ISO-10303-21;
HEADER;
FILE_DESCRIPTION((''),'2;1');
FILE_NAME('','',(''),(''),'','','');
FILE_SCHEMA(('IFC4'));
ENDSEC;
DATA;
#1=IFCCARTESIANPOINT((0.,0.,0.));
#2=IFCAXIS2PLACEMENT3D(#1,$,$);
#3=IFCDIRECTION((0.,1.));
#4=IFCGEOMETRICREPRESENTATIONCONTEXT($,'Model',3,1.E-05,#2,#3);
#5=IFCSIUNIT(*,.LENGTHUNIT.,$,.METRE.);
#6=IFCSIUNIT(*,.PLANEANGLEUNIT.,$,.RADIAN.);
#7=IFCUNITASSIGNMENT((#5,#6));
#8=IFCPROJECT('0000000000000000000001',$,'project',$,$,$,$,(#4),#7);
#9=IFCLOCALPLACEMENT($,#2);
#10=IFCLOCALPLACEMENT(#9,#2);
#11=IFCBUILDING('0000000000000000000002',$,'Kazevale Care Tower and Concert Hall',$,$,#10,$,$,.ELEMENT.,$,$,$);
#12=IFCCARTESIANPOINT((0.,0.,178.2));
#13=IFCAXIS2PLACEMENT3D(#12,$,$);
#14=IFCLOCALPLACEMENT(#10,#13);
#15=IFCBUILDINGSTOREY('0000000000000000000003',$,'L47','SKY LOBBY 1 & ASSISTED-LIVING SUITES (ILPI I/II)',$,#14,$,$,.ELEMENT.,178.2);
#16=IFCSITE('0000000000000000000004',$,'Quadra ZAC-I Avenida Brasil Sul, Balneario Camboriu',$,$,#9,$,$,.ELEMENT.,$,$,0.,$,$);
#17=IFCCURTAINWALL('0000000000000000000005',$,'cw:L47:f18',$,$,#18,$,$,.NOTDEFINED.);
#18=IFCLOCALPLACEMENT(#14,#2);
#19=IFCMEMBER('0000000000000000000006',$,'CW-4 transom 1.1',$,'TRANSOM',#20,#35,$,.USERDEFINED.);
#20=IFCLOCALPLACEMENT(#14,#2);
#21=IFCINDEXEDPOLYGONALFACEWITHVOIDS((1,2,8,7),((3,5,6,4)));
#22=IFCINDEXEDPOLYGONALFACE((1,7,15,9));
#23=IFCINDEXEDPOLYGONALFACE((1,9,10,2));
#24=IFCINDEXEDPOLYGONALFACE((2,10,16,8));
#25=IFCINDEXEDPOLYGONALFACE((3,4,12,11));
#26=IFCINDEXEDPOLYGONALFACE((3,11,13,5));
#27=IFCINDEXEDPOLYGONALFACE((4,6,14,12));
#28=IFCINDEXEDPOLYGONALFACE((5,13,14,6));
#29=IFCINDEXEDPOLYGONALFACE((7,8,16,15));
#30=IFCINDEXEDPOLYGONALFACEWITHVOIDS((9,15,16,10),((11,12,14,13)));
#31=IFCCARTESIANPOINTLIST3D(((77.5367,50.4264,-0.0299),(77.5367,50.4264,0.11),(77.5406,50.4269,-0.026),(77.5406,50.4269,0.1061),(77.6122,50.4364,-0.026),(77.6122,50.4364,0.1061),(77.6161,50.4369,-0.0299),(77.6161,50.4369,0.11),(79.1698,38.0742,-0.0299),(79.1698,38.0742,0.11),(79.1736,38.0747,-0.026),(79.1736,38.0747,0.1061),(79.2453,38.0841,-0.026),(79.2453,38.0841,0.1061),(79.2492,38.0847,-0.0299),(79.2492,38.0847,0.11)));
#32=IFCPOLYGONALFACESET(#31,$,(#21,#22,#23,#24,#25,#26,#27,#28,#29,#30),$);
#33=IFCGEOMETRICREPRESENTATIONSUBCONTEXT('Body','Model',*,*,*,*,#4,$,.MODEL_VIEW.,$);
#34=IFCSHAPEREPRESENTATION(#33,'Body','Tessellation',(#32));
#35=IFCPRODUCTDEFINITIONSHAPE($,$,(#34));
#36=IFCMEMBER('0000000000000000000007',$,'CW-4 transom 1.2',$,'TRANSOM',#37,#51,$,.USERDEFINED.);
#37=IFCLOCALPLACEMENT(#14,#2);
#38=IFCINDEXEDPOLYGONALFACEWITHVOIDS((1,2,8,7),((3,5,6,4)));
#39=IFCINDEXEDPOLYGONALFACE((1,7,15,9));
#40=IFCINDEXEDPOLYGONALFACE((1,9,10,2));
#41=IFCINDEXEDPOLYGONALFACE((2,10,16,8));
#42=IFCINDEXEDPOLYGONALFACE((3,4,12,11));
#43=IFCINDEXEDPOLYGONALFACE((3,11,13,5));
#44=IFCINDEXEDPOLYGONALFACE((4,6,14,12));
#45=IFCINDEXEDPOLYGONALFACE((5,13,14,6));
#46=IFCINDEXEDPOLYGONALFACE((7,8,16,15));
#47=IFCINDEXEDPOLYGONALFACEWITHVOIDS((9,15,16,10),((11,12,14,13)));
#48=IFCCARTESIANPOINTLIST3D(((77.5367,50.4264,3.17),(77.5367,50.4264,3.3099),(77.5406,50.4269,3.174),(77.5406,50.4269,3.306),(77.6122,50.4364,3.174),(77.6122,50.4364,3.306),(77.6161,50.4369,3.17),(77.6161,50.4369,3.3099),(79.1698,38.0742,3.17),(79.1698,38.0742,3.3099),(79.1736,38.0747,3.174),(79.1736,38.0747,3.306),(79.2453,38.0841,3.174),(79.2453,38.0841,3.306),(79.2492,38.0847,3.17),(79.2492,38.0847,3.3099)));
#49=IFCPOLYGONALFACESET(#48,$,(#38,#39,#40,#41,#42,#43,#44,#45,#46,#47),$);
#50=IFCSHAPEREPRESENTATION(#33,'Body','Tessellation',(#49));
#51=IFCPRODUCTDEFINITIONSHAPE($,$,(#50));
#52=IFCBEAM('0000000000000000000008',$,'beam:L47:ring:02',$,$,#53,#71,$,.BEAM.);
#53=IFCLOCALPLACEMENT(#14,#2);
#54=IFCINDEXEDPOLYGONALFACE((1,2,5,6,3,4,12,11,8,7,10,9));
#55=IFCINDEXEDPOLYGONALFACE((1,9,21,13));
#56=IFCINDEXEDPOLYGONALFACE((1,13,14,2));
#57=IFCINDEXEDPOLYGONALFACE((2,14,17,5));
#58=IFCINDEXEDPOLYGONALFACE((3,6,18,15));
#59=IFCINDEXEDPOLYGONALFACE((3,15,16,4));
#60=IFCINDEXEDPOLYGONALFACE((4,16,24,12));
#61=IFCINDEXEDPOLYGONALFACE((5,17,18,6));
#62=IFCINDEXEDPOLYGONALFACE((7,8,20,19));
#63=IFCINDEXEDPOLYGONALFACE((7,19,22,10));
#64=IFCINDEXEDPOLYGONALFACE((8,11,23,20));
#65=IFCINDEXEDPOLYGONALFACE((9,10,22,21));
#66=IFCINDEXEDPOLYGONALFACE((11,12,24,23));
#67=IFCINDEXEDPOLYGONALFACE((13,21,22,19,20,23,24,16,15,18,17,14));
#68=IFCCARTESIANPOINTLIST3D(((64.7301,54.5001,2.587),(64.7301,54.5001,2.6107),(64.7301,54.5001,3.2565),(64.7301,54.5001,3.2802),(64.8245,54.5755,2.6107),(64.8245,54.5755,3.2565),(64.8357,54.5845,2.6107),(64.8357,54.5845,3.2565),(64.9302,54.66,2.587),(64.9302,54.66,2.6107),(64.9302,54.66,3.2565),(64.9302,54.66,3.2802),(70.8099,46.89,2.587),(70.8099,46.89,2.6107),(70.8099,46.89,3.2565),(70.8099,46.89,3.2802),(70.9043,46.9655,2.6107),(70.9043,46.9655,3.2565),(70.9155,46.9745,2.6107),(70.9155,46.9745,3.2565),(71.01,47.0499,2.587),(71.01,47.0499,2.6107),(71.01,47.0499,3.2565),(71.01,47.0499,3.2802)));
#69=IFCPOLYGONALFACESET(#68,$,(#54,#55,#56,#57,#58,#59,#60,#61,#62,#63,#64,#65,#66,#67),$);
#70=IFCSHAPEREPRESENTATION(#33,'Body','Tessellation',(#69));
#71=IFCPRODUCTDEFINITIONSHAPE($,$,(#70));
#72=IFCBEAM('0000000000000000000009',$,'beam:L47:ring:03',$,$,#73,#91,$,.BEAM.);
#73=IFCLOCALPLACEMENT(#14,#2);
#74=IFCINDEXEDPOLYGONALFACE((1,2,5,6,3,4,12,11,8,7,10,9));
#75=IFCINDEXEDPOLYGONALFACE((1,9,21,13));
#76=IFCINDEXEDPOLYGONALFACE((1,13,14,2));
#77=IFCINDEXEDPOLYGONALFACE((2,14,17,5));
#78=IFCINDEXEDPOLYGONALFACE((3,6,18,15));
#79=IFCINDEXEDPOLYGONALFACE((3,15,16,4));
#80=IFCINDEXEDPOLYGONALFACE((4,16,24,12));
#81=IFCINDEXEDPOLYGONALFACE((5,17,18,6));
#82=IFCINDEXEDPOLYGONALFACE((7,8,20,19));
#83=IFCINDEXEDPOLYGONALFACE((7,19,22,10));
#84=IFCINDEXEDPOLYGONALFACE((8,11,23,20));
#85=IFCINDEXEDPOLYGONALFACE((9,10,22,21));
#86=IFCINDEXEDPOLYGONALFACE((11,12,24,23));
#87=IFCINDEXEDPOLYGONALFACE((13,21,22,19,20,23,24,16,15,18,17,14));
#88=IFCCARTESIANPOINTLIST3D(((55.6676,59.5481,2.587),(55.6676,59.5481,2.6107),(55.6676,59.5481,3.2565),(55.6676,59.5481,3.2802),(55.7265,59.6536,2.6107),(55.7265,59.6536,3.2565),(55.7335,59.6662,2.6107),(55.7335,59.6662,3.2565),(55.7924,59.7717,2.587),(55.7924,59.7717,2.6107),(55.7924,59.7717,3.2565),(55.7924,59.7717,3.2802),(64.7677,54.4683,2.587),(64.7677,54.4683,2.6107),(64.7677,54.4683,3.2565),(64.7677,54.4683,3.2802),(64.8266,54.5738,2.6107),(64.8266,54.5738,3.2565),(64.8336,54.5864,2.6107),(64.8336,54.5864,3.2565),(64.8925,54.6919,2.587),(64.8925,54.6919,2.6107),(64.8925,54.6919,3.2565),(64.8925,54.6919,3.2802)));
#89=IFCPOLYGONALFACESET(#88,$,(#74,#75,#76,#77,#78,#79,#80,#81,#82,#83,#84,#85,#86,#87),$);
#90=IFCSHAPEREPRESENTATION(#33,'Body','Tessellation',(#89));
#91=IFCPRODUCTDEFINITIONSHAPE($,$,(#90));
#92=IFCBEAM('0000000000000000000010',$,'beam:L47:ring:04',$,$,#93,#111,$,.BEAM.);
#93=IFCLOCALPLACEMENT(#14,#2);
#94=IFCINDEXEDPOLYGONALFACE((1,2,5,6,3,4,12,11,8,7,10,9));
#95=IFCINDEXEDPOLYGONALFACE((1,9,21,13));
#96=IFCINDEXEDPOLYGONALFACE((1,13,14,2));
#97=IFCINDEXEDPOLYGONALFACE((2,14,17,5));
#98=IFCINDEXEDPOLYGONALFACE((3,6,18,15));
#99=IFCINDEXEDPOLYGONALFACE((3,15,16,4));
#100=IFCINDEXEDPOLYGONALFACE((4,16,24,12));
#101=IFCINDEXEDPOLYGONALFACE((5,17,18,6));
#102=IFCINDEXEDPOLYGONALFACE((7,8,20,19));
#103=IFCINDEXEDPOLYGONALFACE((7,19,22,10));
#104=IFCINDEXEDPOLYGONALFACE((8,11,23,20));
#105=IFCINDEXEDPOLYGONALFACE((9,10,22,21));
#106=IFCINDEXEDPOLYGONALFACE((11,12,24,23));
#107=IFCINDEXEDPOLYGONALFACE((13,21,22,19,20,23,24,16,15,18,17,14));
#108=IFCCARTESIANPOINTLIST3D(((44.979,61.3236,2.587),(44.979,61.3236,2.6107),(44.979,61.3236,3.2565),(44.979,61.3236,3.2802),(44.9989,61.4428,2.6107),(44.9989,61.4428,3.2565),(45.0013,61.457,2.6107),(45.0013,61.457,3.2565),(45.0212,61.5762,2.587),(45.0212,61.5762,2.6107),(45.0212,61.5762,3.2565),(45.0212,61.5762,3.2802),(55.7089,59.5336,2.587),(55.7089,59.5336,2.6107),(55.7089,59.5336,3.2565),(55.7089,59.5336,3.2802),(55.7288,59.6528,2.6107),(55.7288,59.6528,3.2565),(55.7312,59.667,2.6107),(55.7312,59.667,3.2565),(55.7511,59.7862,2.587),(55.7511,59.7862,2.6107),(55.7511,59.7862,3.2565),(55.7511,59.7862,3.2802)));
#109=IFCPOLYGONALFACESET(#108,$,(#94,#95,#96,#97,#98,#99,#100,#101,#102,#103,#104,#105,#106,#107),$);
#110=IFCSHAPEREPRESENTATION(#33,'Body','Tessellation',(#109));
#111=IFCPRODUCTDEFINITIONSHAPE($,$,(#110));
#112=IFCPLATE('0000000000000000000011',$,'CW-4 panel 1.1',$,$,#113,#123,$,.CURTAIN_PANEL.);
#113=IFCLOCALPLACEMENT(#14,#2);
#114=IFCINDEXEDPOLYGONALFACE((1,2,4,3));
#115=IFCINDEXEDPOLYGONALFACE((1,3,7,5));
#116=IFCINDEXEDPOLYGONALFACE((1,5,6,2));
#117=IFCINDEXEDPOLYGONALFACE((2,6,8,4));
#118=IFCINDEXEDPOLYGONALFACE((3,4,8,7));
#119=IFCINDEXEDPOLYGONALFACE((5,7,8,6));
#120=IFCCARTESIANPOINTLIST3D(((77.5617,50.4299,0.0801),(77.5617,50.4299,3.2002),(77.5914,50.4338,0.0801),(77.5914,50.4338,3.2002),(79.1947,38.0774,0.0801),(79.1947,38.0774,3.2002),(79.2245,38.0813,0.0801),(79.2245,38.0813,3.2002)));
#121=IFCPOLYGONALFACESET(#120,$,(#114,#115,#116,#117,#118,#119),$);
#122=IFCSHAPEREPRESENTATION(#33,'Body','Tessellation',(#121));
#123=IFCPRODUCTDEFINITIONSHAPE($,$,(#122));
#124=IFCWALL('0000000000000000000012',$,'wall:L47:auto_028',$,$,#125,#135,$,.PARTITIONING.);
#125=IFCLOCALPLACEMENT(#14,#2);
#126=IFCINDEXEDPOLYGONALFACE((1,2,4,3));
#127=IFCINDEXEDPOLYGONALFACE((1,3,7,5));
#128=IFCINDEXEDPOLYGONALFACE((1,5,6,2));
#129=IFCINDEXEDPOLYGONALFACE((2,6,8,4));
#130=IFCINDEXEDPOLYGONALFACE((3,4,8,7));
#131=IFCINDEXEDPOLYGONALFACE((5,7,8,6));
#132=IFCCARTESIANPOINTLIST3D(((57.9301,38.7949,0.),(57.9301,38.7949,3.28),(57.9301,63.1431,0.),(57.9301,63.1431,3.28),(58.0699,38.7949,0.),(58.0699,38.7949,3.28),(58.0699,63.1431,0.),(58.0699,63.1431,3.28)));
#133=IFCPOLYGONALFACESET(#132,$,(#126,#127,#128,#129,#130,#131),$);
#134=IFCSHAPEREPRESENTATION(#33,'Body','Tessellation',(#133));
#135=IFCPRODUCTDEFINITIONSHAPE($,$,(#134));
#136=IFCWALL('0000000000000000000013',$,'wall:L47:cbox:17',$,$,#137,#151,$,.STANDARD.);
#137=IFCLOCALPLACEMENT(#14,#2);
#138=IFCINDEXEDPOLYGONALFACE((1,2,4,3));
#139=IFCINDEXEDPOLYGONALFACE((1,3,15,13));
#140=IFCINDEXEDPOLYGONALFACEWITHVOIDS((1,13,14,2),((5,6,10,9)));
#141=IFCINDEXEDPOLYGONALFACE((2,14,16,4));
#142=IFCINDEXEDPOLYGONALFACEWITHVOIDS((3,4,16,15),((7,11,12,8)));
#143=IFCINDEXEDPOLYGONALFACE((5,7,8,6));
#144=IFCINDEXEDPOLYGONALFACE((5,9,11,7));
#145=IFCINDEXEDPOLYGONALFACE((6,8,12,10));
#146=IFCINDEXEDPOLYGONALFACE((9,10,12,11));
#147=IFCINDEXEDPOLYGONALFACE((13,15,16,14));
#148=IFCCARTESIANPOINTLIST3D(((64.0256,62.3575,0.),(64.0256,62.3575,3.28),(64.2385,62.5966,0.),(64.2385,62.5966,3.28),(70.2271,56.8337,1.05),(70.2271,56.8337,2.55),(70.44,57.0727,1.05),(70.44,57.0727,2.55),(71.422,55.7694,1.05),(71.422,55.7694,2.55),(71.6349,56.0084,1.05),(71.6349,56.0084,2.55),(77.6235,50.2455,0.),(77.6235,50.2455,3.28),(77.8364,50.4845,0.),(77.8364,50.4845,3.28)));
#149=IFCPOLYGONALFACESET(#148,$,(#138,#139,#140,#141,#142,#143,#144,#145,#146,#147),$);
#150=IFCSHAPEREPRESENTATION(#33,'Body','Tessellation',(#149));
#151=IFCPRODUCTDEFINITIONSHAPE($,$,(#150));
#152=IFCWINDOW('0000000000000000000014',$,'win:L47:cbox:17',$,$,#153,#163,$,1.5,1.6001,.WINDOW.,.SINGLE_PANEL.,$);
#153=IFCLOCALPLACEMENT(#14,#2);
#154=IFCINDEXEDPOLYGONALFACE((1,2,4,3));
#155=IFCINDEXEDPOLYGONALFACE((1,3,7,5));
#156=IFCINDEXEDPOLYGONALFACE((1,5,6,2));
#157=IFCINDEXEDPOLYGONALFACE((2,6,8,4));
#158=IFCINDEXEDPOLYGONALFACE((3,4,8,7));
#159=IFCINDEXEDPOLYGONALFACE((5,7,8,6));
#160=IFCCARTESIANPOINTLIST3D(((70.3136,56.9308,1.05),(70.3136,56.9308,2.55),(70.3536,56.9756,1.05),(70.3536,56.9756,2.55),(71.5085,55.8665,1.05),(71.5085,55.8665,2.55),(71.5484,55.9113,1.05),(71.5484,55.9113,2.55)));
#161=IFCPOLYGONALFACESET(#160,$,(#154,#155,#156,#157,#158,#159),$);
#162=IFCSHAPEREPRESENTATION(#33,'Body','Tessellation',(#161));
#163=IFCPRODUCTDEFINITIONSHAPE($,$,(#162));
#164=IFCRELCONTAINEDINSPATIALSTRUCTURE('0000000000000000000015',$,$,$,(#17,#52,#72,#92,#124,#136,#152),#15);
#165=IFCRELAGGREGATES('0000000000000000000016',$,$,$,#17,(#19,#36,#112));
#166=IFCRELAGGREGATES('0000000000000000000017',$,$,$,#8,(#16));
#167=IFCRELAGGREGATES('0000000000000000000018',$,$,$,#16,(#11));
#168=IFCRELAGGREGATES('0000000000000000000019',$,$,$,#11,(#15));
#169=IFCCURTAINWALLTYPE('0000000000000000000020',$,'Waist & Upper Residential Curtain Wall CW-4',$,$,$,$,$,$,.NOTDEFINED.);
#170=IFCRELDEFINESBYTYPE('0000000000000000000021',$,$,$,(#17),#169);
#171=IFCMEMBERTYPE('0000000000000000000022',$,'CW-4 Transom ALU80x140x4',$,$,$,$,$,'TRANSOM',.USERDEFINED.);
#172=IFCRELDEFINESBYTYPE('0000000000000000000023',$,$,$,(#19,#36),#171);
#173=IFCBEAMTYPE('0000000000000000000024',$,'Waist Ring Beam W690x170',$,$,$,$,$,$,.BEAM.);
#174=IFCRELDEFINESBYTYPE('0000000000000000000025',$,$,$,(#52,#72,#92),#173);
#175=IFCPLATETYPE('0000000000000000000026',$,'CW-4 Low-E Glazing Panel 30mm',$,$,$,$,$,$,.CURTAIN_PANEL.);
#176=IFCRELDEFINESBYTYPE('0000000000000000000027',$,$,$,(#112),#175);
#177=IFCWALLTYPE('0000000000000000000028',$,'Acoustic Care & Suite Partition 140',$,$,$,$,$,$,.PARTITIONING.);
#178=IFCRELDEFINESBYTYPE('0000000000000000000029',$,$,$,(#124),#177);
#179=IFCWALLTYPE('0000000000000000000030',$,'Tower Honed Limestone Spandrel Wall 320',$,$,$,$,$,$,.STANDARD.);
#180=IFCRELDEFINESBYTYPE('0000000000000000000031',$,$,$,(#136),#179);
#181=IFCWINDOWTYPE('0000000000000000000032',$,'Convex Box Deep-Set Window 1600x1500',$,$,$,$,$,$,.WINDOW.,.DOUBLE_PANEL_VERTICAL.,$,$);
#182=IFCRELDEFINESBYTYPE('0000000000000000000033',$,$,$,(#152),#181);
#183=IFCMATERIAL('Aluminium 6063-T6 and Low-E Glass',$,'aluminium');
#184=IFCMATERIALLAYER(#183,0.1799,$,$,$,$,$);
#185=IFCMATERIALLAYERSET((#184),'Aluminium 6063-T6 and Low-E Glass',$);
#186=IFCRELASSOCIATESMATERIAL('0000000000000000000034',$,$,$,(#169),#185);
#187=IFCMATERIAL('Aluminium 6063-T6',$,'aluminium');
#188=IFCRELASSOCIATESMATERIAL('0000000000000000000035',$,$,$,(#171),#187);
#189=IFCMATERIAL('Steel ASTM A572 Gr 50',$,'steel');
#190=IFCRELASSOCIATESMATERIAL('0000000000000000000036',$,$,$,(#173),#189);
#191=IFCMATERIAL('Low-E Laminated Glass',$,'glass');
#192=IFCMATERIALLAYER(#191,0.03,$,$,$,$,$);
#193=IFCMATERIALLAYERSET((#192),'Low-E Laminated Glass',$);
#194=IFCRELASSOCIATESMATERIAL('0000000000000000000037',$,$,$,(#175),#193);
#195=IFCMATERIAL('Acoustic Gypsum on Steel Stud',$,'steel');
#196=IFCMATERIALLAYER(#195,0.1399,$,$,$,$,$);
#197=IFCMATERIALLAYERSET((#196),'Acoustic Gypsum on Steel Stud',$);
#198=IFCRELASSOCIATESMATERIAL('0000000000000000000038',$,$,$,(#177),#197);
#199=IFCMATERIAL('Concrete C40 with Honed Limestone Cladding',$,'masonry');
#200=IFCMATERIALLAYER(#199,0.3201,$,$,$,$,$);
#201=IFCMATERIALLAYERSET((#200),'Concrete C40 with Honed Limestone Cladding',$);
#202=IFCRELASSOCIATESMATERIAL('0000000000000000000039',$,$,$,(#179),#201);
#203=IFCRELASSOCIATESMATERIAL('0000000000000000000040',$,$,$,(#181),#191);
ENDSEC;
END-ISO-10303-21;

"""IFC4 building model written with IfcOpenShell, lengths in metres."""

from ifc_helpers import new_model, si_unit, direction, frame, frame_2d, origin, origin_2d, place, context, subcontext, project, spatial, rectangle, hollow_rectangle, i_section, extrude, material, layer, layer_set, material_profile, profile_set, type_object, element, fill, aggregate, save


model = new_model("IFC4")

# Units and contexts
model_context = context("Model", 3, precision=1e-05, world=origin(), true_north=direction((0.0, 1.0)))
body_context = subcontext(model_context, "Body", "Model", "MODEL_VIEW")
ifc_project = project(units=[si_unit("LENGTHUNIT", "METRE"), si_unit("PLANEANGLEUNIT", "RADIAN")], contexts=[model_context])

# Site, building, storey
site_placement = place(None, origin())
site = spatial("IfcSite", under=ifc_project, at=site_placement, Name="Quadra ZAC-I Avenida Brasil Sul, Balneario Camboriu", CompositionType="ELEMENT", RefElevation=0.0)
building_placement = place(site_placement, origin())
building = spatial("IfcBuilding", under=site, at=building_placement, Name="Kazevale Care Tower and Concert Hall", CompositionType="ELEMENT")
storey_placement = place(building_placement, frame((0.0, 0.0, 178.2)))
storey = spatial("IfcBuildingStorey", under=building, at=storey_placement, Name="L47", Description="SKY LOBBY 1 & ASSISTED-LIVING SUITES (ILPI I/II)", CompositionType="ELEMENT", Elevation=178.2)

# Shared definitions
ifc_material_1 = material(Name="Aluminium 6063-T6 and Low-E Glass", Category="aluminium")
ifc_material_2 = material(Name="Aluminium 6063-T6", Category="aluminium")

# Curtain wall, members
ifc_layer_1 = layer(ifc_material_1, 0.1799)
ifc_layer_set_1 = layer_set([ifc_layer_1], Name="Aluminium 6063-T6 and Low-E Glass")
curtain_wall_type_1 = type_object("IfcCurtainWallType", Name="Waist & Upper Residential Curtain Wall CW-4", PredefinedType="NOTDEFINED", material=ifc_layer_set_1)
curtain_wall_1_placement = place(storey_placement, origin())
curtain_wall_1 = element("IfcCurtainWall", 1, at=curtain_wall_1_placement, inside=storey, type_object=curtain_wall_type_1, Name="cw:L47:f18", PredefinedType="NOTDEFINED")
ifc_material_profile_1 = material_profile(ifc_material_2, hollow_rectangle(XDim=0.0801, YDim=0.1399, WallThickness=0.0039, at=origin_2d()), Name="ALU80x140x4")
ifc_profile_set_1 = profile_set([ifc_material_profile_1], Name="Aluminium 6063-T6")
member_type_1 = type_object("IfcMemberType", Name="CW-4 Transom ALU80x140x4", ElementType="TRANSOM", PredefinedType="USERDEFINED", material=ifc_profile_set_1)
member_1_placement = place(storey_placement, frame((77.5764, 50.4316, 0.04), z_axis=(0.131066, -0.991374, 0.0), x_axis=(0.991374, 0.131066, 0.0)))
member_1 = element("IfcMember", 2, at=member_1_placement, type_object=member_type_1, Name="CW-4 transom 1.1", ObjectType="TRANSOM", PredefinedType="USERDEFINED", context=body_context, shape_type="SweptSolid", body=[
    extrude(hollow_rectangle(XDim=0.0801, YDim=0.1399, WallThickness=0.0039, at=origin_2d()), origin(), (0.0, 0.0, 1.0), 12.4597),
])
member_2_placement = place(storey_placement, frame((77.5764, 50.4316, 3.24), z_axis=(0.131066, -0.991374, 0.0), x_axis=(0.991374, 0.131066, 0.0)))
member_2 = element("IfcMember", 3, at=member_2_placement, type_object=member_type_1, Name="CW-4 transom 1.2", ObjectType="TRANSOM", PredefinedType="USERDEFINED", context=body_context, shape_type="SweptSolid", body=[
    extrude(hollow_rectangle(XDim=0.0801, YDim=0.1399, WallThickness=0.0039, at=origin_2d()), origin(), (0.0, 0.0, 1.0), 12.4597),
])

# Beams
ifc_material_3 = material(Name="Steel ASTM A572 Gr 50", Category="steel")
ifc_material_profile_2 = material_profile(ifc_material_3, i_section(OverallWidth=0.2561, OverallDepth=0.6931, WebThickness=0.0144, FlangeThickness=0.0237, at=origin_2d()), Name="W690x170")
ifc_profile_set_2 = profile_set([ifc_material_profile_2], Name="Steel ASTM A572 Gr 50")
beam_type = type_object("IfcBeamType", Name="Waist Ring Beam W690x170", PredefinedType="BEAM", material=ifc_profile_set_2)
beam_1_placement = place(storey_placement, frame((70.9099, 46.97, 2.9336), z_axis=(-0.624178, 0.781282, 0.0), x_axis=(-0.781282, -0.624178, 0.0)))
element("IfcBeam", 4, at=beam_1_placement, inside=storey, type_object=beam_type, Name="beam:L47:ring:02", PredefinedType="BEAM", context=body_context, shape_type="SweptSolid", body=[
    extrude(i_section(OverallWidth=0.2561, OverallDepth=0.6931, WebThickness=0.0144, FlangeThickness=0.0237, at=origin_2d()), origin(), (0.0, 0.0, 1.0), 9.7405),
])
beam_2_placement = place(storey_placement, frame((64.8301, 54.5801, 2.9336), z_axis=(-0.873169, 0.487418, 0.0), x_axis=(-0.487418, -0.873169, 0.0)))
element("IfcBeam", 5, at=beam_2_placement, inside=storey, type_object=beam_type, Name="beam:L47:ring:03", PredefinedType="BEAM", context=body_context, shape_type="SweptSolid", body=[
    extrude(i_section(OverallWidth=0.2561, OverallDepth=0.6931, WebThickness=0.0144, FlangeThickness=0.0237, at=origin_2d()), origin(), (0.0, 0.0, 1.0), 10.4219),
])
beam_3_placement = place(storey_placement, frame((55.73, 59.6599, 2.9336), z_axis=(-0.986368, 0.164552, 0.0), x_axis=(-0.164552, -0.986368, 0.0)))
element("IfcBeam", 6, at=beam_3_placement, inside=storey, type_object=beam_type, Name="beam:L47:ring:04", PredefinedType="BEAM", context=body_context, shape_type="SweptSolid", body=[
    extrude(i_section(OverallWidth=0.2561, OverallDepth=0.6931, WebThickness=0.0144, FlangeThickness=0.0237, at=origin_2d()), origin(), (0.0, 0.0, 1.0), 10.8782),
])

# Plate
ifc_material_4 = material(Name="Low-E Laminated Glass", Category="glass")
ifc_layer_2 = layer(ifc_material_4, 0.03)
ifc_layer_set_2 = layer_set([ifc_layer_2], Name="Low-E Laminated Glass")
plate_type = type_object("IfcPlateType", Name="CW-4 Low-E Glazing Panel 30mm", PredefinedType="CURTAIN_PANEL", material=ifc_layer_set_2)
plate_placement = place(storey_placement, frame((78.3931, 44.2556, 0.0801), z_axis=(0.0, 0.0, 1.0), x_axis=(0.131063, -0.991374, 0.0)))
plate = element("IfcPlate", 7, at=plate_placement, type_object=plate_type, Name="CW-4 panel 1.1", PredefinedType="CURTAIN_PANEL", context=body_context, shape_type="SweptSolid", body=[
    extrude(rectangle(XDim=12.46, YDim=0.03, at=origin_2d()), origin(), (0.0, 0.0, 1.0), 3.1201),
])
aggregate(curtain_wall_1, [member_1, member_2, plate])

# Wall
ifc_material_5 = material(Name="Acoustic Gypsum on Steel Stud", Category="steel")
ifc_layer_3 = layer(ifc_material_5, 0.1399)
ifc_layer_set_3 = layer_set([ifc_layer_3], Name="Acoustic Gypsum on Steel Stud")
wall_type_1 = type_object("IfcWallType", Name="Acoustic Care & Suite Partition 140", PredefinedType="PARTITIONING", material=ifc_layer_set_3)
wall_1_placement = place(storey_placement, frame((58.0, 63.1431, 0.0), z_axis=(0.0, 0.0, 1.0), x_axis=(0.0, -1.0, 0.0)))
element("IfcWall", 8, at=wall_1_placement, inside=storey, type_object=wall_type_1, Name="wall:L47:auto_028", PredefinedType="PARTITIONING", context=body_context, shape_type="SweptSolid", body=[
    extrude(rectangle(XDim=24.3481, YDim=0.1399, at=frame_2d((12.1741, 0.0))), origin(), (0.0, 0.0, 1.0), 3.28),
])

# Wall, opening, window
ifc_material_6 = material(Name="Concrete C40 with Honed Limestone Cladding", Category="masonry")
ifc_layer_4 = layer(ifc_material_6, 0.3201)
ifc_layer_set_4 = layer_set([ifc_layer_4], Name="Concrete C40 with Honed Limestone Cladding")
wall_type_2 = type_object("IfcWallType", Name="Tower Honed Limestone Spandrel Wall 320", PredefinedType="STANDARD", material=ifc_layer_set_4)
wall_2_placement = place(storey_placement, frame((64.1321, 62.4771, 0.0), z_axis=(0.0, 0.0, 1.0), x_axis=(0.746726, -0.665132, 0.0)))
wall_2 = element("IfcWall", 9, at=wall_2_placement, inside=storey, type_object=wall_type_2, Name="wall:L47:cbox:17", PredefinedType="STANDARD", context=body_context, shape_type="SweptSolid", body=[
    extrude(rectangle(XDim=18.21, YDim=0.3201, at=frame_2d((9.105, 0.0))), origin(), (0.0, 0.0, 1.0), 3.28),
])
opening_placement = place(wall_2_placement, frame((8.3049, 0.0, 1.05)))
opening = element("IfcOpeningElement", 10, at=opening_placement, cuts=wall_2, PredefinedType="OPENING", context=body_context, shape_type="SweptSolid", body=[
    extrude(rectangle(XDim=1.6001, YDim=1.5, at=frame_2d((0.8, 0.75))), frame((0.0, 0.1699, 0.0), z_axis=(0.0, -1.0, 0.0), x_axis=(1.0, 0.0, 0.0)), (0.0, 0.0, 1.0), 0.3401),
])
window_type = type_object("IfcWindowType", Name="Convex Box Deep-Set Window 1600x1500", PartitioningType="DOUBLE_PANEL_VERTICAL", PredefinedType="WINDOW", material=ifc_material_4)
window_placement = place(opening_placement, origin())
window = element("IfcWindow", 11, at=window_placement, inside=storey, type_object=window_type, Name="win:L47:cbox:17", OverallHeight=1.5, OverallWidth=1.6001, PartitioningType="SINGLE_PANEL", PredefinedType="WINDOW", context=body_context, shape_type="SweptSolid", body=[
    extrude(rectangle(XDim=1.6001, YDim=1.5, at=frame_2d((0.8, 0.75))), frame((0.0, 0.03, 0.0), z_axis=(0.0, -1.0, 0.0), x_axis=(1.0, 0.0, 0.0)), (0.0, 0.0, 1.0), 0.0601),
])
fill(opening, window)

save(model, "model.ifc")
